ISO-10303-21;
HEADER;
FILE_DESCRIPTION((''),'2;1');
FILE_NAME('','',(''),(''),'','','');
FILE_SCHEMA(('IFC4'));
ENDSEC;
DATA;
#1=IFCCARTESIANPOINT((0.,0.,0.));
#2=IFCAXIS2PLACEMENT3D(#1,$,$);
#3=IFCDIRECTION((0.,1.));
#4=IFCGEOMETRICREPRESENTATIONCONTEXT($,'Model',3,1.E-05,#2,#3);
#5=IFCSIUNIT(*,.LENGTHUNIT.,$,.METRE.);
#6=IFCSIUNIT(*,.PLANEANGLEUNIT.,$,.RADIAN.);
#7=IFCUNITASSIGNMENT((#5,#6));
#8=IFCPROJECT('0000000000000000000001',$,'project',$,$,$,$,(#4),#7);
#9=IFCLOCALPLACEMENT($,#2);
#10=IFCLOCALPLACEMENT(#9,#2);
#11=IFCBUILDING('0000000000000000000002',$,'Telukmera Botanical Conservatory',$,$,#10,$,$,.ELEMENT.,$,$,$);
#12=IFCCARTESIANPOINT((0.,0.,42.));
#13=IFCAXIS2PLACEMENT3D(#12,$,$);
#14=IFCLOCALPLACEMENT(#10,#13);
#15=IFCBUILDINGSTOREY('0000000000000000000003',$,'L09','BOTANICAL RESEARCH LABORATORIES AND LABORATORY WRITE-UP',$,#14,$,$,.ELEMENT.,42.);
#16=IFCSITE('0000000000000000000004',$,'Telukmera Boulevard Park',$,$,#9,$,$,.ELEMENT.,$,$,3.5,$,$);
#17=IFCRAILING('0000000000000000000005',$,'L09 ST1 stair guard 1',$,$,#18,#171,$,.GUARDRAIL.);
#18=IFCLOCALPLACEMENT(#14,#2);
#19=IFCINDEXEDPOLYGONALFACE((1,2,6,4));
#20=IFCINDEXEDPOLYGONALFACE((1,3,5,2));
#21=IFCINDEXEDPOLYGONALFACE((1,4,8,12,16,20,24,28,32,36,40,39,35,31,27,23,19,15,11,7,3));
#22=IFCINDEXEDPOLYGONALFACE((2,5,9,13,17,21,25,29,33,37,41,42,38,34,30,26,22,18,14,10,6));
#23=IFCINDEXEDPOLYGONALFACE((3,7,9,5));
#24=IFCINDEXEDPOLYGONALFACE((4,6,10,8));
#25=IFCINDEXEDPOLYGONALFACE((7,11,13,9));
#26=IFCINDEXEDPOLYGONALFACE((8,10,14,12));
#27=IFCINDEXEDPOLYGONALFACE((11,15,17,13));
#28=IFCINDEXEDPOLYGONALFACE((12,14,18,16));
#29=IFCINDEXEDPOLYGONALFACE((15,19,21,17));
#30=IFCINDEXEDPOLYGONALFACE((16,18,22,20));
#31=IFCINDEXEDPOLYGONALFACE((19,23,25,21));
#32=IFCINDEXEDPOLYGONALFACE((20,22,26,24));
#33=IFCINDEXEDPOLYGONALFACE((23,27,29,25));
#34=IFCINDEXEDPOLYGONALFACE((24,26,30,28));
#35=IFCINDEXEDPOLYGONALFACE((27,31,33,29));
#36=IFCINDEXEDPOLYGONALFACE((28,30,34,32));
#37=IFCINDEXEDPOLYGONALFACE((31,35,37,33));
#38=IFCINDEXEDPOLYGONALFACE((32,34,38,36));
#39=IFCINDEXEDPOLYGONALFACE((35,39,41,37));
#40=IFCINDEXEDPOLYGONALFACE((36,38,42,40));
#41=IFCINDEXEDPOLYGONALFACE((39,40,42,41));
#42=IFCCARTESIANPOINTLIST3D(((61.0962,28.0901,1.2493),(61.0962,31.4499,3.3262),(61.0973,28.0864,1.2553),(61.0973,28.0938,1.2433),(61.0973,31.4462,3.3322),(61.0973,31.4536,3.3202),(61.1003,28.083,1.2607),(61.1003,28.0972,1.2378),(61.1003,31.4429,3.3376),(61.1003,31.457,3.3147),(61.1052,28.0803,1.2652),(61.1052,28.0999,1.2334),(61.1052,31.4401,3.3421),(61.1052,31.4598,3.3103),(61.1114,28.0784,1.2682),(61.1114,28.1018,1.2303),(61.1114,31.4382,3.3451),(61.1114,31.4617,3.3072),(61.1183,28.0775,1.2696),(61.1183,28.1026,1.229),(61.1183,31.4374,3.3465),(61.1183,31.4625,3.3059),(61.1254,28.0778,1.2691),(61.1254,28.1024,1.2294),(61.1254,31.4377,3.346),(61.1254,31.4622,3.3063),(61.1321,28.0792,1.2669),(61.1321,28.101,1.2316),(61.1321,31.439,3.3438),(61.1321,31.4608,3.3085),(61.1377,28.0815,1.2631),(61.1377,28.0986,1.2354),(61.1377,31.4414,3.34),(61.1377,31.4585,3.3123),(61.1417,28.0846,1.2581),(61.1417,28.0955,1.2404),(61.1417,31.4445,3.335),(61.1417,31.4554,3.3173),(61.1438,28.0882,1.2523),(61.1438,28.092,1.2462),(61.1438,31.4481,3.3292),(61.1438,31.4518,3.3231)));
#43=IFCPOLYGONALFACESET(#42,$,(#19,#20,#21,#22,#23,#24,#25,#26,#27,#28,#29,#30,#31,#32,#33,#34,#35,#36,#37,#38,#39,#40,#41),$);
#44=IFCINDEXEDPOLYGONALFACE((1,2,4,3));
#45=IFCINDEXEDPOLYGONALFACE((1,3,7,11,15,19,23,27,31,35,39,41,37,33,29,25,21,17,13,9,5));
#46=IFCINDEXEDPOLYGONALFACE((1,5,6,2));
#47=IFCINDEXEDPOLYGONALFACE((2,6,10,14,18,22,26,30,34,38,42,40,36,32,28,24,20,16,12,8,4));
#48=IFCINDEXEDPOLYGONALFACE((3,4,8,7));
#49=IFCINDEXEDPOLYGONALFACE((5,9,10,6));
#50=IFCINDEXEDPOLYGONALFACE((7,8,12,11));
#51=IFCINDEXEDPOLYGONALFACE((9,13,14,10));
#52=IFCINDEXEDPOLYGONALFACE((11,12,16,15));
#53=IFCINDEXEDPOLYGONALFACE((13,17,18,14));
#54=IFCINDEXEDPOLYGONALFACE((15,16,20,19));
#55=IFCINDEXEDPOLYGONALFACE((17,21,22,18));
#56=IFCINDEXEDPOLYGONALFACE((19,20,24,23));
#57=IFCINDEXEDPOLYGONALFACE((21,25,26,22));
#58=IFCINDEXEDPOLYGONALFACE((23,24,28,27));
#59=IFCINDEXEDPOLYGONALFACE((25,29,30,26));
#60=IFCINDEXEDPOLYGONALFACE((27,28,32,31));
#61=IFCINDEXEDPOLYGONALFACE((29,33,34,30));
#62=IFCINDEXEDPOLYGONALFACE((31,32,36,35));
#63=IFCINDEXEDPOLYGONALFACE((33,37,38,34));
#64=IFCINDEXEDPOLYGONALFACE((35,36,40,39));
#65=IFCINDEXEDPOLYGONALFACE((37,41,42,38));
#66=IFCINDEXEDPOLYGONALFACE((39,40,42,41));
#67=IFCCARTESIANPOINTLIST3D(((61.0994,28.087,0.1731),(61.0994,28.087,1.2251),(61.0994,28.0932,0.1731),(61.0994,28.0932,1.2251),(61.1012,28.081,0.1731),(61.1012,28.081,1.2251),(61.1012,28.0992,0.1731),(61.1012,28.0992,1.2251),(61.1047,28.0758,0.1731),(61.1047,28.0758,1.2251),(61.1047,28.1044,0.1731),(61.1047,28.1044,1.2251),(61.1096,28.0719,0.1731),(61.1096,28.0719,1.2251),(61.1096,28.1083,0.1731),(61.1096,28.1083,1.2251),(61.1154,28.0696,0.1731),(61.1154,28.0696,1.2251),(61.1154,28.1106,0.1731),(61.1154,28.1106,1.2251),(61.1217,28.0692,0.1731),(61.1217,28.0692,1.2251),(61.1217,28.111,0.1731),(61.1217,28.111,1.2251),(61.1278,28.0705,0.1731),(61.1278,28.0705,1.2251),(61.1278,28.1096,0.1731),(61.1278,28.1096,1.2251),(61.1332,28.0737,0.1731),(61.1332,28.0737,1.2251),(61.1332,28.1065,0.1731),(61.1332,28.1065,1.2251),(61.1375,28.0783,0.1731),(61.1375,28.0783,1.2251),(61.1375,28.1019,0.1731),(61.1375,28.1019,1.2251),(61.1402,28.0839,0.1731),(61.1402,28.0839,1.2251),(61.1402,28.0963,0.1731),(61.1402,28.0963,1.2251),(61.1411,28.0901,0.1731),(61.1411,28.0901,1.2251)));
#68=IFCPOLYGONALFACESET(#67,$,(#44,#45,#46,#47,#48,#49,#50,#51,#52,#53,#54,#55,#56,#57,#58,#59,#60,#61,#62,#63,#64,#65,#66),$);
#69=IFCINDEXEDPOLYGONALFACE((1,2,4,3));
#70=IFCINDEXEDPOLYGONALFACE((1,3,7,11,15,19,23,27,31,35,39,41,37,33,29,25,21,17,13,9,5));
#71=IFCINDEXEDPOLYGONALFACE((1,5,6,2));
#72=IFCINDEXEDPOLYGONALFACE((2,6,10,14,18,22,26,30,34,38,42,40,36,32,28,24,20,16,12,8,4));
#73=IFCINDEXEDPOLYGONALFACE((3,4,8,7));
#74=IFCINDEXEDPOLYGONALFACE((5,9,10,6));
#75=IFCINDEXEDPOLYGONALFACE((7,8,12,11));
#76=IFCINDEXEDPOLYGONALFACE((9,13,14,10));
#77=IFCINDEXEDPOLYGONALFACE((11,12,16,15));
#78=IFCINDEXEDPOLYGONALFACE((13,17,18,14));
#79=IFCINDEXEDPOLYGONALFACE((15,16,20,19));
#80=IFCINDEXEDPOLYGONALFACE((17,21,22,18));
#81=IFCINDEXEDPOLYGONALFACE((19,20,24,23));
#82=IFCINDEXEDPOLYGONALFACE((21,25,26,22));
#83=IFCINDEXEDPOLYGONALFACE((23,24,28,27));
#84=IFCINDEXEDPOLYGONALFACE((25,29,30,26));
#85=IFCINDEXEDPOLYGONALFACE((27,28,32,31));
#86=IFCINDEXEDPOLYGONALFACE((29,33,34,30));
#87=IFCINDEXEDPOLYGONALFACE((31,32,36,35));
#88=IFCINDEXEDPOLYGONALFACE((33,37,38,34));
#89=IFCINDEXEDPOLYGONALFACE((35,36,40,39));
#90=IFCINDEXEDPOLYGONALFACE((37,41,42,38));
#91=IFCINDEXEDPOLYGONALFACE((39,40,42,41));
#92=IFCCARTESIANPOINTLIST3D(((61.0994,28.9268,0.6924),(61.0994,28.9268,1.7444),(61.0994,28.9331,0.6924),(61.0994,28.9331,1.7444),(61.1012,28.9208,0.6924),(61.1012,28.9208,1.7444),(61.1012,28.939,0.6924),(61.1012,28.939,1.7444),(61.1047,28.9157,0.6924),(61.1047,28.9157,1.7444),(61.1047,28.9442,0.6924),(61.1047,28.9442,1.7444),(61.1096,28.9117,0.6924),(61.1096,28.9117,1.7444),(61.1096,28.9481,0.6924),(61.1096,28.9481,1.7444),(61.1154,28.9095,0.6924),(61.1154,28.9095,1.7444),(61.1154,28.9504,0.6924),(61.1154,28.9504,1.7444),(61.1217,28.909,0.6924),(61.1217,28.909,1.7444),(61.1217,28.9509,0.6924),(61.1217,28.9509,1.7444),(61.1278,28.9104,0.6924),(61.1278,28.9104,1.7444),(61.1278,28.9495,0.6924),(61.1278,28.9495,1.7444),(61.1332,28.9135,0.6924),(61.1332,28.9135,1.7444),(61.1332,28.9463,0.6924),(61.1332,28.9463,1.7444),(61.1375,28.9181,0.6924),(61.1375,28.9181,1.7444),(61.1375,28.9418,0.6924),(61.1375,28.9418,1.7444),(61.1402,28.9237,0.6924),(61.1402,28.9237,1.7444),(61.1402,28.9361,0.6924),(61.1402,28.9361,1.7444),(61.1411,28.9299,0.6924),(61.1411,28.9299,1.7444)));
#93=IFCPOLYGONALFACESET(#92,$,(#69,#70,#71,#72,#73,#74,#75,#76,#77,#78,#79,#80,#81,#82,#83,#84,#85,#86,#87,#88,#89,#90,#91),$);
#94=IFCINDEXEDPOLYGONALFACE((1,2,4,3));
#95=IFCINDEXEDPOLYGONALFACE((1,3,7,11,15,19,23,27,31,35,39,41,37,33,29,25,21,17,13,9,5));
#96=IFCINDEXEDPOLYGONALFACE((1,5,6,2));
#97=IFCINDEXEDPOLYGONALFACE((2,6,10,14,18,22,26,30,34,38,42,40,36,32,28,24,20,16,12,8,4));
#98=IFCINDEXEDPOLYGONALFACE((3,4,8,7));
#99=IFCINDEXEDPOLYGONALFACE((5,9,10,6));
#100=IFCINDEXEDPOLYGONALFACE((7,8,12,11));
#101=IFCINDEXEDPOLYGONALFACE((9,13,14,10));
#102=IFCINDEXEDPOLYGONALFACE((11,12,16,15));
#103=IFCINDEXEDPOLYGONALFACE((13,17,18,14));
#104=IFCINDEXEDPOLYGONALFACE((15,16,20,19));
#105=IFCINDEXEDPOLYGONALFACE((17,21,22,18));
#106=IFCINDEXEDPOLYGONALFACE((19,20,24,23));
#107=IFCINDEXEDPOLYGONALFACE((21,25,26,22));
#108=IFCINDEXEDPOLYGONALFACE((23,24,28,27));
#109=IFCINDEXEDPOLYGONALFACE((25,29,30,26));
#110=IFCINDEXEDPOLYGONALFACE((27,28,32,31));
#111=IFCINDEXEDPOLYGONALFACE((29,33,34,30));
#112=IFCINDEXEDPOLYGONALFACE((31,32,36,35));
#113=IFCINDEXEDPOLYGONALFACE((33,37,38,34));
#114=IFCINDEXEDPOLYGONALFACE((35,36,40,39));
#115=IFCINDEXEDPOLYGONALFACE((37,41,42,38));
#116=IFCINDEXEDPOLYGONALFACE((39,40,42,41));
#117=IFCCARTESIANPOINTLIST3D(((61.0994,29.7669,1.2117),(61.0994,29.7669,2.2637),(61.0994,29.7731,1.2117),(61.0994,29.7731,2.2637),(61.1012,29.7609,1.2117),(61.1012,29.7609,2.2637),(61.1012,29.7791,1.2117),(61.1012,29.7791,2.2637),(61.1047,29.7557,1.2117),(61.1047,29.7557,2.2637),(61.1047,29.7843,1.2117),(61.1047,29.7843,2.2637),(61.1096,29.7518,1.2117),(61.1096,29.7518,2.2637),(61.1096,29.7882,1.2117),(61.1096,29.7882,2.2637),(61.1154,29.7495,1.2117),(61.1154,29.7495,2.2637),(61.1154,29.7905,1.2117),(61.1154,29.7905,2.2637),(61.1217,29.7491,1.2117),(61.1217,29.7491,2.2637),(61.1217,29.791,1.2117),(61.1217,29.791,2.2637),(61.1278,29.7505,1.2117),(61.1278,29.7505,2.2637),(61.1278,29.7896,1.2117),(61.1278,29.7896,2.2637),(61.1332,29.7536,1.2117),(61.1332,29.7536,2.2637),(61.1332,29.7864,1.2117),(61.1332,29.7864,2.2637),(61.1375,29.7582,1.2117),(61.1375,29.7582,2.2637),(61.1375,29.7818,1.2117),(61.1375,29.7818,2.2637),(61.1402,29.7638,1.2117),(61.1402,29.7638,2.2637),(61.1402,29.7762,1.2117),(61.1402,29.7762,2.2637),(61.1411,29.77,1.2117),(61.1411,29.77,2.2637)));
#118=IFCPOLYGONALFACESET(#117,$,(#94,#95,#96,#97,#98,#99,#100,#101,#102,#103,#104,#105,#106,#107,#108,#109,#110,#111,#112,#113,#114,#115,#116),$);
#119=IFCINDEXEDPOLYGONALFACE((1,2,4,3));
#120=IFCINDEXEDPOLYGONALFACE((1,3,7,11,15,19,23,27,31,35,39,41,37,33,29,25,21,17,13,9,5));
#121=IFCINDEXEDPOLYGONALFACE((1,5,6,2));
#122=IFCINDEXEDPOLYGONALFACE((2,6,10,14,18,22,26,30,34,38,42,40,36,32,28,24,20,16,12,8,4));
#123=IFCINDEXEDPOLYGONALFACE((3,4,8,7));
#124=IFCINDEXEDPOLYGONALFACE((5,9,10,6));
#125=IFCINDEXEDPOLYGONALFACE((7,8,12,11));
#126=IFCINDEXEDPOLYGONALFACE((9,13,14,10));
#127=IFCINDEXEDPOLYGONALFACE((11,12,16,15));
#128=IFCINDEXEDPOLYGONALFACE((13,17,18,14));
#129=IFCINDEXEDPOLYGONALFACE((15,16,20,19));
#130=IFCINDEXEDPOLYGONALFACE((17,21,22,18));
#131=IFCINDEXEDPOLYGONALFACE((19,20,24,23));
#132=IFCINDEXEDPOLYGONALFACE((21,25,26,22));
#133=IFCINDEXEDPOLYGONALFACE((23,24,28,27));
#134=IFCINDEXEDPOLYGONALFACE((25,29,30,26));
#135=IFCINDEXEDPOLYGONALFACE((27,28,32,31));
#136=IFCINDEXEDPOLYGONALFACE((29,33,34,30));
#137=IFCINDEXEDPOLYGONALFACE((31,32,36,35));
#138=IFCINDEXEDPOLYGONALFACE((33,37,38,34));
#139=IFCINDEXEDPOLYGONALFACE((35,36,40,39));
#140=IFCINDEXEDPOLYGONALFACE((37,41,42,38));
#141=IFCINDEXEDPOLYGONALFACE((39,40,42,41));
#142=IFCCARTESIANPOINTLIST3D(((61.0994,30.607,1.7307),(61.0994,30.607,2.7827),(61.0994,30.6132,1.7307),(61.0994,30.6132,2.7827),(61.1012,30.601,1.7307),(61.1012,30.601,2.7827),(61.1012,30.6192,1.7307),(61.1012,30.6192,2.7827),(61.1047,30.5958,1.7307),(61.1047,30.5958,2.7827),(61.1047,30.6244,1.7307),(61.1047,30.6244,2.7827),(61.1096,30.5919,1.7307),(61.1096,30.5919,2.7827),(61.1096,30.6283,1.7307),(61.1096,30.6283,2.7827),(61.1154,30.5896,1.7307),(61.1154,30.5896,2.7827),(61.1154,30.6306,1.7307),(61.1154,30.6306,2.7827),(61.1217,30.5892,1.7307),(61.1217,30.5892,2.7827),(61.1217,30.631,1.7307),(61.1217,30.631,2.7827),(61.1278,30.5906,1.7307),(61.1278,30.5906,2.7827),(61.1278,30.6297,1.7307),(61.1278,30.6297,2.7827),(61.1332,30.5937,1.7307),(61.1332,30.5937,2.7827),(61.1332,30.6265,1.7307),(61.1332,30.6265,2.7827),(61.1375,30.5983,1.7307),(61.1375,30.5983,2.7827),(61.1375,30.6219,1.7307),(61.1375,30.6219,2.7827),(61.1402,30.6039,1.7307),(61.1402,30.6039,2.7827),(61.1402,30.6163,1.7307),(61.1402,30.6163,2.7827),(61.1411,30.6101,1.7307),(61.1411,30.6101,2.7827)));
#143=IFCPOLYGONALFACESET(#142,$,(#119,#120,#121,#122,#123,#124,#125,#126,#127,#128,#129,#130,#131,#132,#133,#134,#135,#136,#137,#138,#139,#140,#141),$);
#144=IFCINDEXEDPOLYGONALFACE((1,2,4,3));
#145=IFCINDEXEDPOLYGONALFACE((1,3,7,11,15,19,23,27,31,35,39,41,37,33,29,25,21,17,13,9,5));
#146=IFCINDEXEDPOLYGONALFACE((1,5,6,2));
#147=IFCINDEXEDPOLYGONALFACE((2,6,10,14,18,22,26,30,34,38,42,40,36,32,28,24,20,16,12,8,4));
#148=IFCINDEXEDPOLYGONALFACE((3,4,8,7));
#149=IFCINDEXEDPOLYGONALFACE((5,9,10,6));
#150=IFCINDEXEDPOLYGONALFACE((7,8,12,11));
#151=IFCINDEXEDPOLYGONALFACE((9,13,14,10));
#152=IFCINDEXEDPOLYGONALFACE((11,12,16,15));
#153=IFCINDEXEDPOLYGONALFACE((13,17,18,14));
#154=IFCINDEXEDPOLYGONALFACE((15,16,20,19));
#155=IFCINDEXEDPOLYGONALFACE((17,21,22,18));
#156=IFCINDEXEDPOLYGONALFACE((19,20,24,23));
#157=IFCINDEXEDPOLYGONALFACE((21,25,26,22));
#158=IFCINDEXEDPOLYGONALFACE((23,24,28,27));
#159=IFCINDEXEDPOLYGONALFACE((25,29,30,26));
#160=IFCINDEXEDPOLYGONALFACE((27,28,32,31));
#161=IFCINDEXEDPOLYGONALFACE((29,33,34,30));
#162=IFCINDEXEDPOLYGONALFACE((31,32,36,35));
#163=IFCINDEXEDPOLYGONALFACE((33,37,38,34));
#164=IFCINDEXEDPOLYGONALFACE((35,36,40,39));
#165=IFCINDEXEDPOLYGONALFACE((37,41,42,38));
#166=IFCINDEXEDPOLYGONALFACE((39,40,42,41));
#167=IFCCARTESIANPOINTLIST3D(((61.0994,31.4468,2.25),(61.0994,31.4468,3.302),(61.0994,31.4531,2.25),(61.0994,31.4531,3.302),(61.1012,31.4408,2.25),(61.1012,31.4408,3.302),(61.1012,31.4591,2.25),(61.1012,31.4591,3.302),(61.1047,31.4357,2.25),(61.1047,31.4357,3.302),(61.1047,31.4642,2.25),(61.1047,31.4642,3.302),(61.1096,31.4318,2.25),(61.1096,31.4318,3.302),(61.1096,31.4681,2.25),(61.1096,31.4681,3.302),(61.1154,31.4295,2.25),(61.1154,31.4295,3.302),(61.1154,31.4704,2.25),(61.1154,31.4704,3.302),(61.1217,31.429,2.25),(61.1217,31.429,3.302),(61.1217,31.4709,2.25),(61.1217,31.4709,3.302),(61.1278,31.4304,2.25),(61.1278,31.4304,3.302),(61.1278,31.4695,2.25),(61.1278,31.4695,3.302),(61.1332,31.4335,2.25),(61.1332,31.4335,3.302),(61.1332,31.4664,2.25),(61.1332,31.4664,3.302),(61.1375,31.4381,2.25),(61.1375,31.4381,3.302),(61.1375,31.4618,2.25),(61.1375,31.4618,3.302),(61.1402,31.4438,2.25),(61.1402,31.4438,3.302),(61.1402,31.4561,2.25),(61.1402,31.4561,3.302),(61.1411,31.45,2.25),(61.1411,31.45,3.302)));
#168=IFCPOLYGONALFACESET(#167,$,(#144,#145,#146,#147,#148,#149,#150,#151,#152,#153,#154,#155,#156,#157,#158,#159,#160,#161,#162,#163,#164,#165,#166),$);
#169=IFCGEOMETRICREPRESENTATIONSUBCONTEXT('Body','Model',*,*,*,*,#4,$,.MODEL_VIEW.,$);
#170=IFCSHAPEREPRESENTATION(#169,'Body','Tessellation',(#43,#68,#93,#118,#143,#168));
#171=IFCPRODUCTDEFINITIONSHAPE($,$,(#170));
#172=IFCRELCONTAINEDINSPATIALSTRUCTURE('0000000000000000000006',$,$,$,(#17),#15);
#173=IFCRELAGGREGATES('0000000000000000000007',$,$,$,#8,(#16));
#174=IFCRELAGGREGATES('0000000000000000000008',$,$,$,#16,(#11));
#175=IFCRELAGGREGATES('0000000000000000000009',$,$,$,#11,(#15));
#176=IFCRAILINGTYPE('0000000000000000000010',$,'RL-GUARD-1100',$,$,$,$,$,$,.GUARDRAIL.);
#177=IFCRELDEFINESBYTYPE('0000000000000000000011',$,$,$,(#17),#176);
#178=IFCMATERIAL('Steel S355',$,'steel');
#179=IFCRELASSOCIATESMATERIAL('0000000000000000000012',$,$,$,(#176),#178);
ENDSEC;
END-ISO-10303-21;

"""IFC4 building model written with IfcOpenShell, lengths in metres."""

from ifc_helpers import new_model, si_unit, direction, frame, origin, origin_2d, place, context, subcontext, project, spatial, circle, extrude, material, type_object, element, save


model = new_model("IFC4")

# Units and contexts
model_context = context("Model", 3, precision=1e-05, world=origin(), true_north=direction((0.0, 1.0)))
body_context = subcontext(model_context, "Body", "Model", "MODEL_VIEW")
ifc_project = project(units=[si_unit("LENGTHUNIT", "METRE"), si_unit("PLANEANGLEUNIT", "RADIAN")], contexts=[model_context])

# Site, building, storey
site_placement = place(None, origin())
site = spatial("IfcSite", under=ifc_project, at=site_placement, Name="Telukmera Boulevard Park", CompositionType="ELEMENT", RefElevation=3.5)
building_placement = place(site_placement, origin())
building = spatial("IfcBuilding", under=site, at=building_placement, Name="Telukmera Botanical Conservatory", CompositionType="ELEMENT")
storey_placement = place(building_placement, frame((0.0, 0.0, 42.0)))
storey = spatial("IfcBuildingStorey", under=building, at=storey_placement, Name="L09", Description="BOTANICAL RESEARCH LABORATORIES AND LABORATORY WRITE-UP", CompositionType="ELEMENT", Elevation=42.0)

# Railing
ifc_material_1 = material(Name="Steel S355", Category="steel")
railing_type_1 = type_object("IfcRailingType", Name="RL-GUARD-1100", PredefinedType="GUARDRAIL", material=ifc_material_1)
railing_1_placement = place(storey_placement, frame((61.1201, 28.0901, 0.1731)))
element("IfcRailing", 1, at=railing_1_placement, inside=storey, type_object=railing_type_1, Name="L09 ST1 stair guard 1", PredefinedType="GUARDRAIL", context=body_context, shape_type="SweptSolid", body=[
    extrude(circle(Radius=0.0239, at=origin_2d()), frame((0.0, 0.0, 1.0762), z_axis=(0.0, 0.850606, 0.525803), x_axis=(-1.0, 0.0, 0.0)), (0.0, 0.0, 1.0), 3.95),
    extrude(circle(Radius=0.021, at=origin_2d()), origin(), (0.0, 0.0, 1.0), 1.052),
    extrude(circle(Radius=0.021, at=origin_2d()), frame((0.0, 0.8398, 0.5193)), (0.0, 0.0, 1.0), 1.052),
    extrude(circle(Radius=0.021, at=origin_2d()), frame((0.0, 1.6799, 1.0386)), (0.0, 0.0, 1.0), 1.052),
    extrude(circle(Radius=0.021, at=origin_2d()), frame((0.0, 2.52, 1.5576)), (0.0, 0.0, 1.0), 1.052),
    extrude(circle(Radius=0.021, at=origin_2d()), frame((0.0, 3.3599, 2.0769)), (0.0, 0.0, 1.0), 1.052),
])

save(model, "model.ifc")
